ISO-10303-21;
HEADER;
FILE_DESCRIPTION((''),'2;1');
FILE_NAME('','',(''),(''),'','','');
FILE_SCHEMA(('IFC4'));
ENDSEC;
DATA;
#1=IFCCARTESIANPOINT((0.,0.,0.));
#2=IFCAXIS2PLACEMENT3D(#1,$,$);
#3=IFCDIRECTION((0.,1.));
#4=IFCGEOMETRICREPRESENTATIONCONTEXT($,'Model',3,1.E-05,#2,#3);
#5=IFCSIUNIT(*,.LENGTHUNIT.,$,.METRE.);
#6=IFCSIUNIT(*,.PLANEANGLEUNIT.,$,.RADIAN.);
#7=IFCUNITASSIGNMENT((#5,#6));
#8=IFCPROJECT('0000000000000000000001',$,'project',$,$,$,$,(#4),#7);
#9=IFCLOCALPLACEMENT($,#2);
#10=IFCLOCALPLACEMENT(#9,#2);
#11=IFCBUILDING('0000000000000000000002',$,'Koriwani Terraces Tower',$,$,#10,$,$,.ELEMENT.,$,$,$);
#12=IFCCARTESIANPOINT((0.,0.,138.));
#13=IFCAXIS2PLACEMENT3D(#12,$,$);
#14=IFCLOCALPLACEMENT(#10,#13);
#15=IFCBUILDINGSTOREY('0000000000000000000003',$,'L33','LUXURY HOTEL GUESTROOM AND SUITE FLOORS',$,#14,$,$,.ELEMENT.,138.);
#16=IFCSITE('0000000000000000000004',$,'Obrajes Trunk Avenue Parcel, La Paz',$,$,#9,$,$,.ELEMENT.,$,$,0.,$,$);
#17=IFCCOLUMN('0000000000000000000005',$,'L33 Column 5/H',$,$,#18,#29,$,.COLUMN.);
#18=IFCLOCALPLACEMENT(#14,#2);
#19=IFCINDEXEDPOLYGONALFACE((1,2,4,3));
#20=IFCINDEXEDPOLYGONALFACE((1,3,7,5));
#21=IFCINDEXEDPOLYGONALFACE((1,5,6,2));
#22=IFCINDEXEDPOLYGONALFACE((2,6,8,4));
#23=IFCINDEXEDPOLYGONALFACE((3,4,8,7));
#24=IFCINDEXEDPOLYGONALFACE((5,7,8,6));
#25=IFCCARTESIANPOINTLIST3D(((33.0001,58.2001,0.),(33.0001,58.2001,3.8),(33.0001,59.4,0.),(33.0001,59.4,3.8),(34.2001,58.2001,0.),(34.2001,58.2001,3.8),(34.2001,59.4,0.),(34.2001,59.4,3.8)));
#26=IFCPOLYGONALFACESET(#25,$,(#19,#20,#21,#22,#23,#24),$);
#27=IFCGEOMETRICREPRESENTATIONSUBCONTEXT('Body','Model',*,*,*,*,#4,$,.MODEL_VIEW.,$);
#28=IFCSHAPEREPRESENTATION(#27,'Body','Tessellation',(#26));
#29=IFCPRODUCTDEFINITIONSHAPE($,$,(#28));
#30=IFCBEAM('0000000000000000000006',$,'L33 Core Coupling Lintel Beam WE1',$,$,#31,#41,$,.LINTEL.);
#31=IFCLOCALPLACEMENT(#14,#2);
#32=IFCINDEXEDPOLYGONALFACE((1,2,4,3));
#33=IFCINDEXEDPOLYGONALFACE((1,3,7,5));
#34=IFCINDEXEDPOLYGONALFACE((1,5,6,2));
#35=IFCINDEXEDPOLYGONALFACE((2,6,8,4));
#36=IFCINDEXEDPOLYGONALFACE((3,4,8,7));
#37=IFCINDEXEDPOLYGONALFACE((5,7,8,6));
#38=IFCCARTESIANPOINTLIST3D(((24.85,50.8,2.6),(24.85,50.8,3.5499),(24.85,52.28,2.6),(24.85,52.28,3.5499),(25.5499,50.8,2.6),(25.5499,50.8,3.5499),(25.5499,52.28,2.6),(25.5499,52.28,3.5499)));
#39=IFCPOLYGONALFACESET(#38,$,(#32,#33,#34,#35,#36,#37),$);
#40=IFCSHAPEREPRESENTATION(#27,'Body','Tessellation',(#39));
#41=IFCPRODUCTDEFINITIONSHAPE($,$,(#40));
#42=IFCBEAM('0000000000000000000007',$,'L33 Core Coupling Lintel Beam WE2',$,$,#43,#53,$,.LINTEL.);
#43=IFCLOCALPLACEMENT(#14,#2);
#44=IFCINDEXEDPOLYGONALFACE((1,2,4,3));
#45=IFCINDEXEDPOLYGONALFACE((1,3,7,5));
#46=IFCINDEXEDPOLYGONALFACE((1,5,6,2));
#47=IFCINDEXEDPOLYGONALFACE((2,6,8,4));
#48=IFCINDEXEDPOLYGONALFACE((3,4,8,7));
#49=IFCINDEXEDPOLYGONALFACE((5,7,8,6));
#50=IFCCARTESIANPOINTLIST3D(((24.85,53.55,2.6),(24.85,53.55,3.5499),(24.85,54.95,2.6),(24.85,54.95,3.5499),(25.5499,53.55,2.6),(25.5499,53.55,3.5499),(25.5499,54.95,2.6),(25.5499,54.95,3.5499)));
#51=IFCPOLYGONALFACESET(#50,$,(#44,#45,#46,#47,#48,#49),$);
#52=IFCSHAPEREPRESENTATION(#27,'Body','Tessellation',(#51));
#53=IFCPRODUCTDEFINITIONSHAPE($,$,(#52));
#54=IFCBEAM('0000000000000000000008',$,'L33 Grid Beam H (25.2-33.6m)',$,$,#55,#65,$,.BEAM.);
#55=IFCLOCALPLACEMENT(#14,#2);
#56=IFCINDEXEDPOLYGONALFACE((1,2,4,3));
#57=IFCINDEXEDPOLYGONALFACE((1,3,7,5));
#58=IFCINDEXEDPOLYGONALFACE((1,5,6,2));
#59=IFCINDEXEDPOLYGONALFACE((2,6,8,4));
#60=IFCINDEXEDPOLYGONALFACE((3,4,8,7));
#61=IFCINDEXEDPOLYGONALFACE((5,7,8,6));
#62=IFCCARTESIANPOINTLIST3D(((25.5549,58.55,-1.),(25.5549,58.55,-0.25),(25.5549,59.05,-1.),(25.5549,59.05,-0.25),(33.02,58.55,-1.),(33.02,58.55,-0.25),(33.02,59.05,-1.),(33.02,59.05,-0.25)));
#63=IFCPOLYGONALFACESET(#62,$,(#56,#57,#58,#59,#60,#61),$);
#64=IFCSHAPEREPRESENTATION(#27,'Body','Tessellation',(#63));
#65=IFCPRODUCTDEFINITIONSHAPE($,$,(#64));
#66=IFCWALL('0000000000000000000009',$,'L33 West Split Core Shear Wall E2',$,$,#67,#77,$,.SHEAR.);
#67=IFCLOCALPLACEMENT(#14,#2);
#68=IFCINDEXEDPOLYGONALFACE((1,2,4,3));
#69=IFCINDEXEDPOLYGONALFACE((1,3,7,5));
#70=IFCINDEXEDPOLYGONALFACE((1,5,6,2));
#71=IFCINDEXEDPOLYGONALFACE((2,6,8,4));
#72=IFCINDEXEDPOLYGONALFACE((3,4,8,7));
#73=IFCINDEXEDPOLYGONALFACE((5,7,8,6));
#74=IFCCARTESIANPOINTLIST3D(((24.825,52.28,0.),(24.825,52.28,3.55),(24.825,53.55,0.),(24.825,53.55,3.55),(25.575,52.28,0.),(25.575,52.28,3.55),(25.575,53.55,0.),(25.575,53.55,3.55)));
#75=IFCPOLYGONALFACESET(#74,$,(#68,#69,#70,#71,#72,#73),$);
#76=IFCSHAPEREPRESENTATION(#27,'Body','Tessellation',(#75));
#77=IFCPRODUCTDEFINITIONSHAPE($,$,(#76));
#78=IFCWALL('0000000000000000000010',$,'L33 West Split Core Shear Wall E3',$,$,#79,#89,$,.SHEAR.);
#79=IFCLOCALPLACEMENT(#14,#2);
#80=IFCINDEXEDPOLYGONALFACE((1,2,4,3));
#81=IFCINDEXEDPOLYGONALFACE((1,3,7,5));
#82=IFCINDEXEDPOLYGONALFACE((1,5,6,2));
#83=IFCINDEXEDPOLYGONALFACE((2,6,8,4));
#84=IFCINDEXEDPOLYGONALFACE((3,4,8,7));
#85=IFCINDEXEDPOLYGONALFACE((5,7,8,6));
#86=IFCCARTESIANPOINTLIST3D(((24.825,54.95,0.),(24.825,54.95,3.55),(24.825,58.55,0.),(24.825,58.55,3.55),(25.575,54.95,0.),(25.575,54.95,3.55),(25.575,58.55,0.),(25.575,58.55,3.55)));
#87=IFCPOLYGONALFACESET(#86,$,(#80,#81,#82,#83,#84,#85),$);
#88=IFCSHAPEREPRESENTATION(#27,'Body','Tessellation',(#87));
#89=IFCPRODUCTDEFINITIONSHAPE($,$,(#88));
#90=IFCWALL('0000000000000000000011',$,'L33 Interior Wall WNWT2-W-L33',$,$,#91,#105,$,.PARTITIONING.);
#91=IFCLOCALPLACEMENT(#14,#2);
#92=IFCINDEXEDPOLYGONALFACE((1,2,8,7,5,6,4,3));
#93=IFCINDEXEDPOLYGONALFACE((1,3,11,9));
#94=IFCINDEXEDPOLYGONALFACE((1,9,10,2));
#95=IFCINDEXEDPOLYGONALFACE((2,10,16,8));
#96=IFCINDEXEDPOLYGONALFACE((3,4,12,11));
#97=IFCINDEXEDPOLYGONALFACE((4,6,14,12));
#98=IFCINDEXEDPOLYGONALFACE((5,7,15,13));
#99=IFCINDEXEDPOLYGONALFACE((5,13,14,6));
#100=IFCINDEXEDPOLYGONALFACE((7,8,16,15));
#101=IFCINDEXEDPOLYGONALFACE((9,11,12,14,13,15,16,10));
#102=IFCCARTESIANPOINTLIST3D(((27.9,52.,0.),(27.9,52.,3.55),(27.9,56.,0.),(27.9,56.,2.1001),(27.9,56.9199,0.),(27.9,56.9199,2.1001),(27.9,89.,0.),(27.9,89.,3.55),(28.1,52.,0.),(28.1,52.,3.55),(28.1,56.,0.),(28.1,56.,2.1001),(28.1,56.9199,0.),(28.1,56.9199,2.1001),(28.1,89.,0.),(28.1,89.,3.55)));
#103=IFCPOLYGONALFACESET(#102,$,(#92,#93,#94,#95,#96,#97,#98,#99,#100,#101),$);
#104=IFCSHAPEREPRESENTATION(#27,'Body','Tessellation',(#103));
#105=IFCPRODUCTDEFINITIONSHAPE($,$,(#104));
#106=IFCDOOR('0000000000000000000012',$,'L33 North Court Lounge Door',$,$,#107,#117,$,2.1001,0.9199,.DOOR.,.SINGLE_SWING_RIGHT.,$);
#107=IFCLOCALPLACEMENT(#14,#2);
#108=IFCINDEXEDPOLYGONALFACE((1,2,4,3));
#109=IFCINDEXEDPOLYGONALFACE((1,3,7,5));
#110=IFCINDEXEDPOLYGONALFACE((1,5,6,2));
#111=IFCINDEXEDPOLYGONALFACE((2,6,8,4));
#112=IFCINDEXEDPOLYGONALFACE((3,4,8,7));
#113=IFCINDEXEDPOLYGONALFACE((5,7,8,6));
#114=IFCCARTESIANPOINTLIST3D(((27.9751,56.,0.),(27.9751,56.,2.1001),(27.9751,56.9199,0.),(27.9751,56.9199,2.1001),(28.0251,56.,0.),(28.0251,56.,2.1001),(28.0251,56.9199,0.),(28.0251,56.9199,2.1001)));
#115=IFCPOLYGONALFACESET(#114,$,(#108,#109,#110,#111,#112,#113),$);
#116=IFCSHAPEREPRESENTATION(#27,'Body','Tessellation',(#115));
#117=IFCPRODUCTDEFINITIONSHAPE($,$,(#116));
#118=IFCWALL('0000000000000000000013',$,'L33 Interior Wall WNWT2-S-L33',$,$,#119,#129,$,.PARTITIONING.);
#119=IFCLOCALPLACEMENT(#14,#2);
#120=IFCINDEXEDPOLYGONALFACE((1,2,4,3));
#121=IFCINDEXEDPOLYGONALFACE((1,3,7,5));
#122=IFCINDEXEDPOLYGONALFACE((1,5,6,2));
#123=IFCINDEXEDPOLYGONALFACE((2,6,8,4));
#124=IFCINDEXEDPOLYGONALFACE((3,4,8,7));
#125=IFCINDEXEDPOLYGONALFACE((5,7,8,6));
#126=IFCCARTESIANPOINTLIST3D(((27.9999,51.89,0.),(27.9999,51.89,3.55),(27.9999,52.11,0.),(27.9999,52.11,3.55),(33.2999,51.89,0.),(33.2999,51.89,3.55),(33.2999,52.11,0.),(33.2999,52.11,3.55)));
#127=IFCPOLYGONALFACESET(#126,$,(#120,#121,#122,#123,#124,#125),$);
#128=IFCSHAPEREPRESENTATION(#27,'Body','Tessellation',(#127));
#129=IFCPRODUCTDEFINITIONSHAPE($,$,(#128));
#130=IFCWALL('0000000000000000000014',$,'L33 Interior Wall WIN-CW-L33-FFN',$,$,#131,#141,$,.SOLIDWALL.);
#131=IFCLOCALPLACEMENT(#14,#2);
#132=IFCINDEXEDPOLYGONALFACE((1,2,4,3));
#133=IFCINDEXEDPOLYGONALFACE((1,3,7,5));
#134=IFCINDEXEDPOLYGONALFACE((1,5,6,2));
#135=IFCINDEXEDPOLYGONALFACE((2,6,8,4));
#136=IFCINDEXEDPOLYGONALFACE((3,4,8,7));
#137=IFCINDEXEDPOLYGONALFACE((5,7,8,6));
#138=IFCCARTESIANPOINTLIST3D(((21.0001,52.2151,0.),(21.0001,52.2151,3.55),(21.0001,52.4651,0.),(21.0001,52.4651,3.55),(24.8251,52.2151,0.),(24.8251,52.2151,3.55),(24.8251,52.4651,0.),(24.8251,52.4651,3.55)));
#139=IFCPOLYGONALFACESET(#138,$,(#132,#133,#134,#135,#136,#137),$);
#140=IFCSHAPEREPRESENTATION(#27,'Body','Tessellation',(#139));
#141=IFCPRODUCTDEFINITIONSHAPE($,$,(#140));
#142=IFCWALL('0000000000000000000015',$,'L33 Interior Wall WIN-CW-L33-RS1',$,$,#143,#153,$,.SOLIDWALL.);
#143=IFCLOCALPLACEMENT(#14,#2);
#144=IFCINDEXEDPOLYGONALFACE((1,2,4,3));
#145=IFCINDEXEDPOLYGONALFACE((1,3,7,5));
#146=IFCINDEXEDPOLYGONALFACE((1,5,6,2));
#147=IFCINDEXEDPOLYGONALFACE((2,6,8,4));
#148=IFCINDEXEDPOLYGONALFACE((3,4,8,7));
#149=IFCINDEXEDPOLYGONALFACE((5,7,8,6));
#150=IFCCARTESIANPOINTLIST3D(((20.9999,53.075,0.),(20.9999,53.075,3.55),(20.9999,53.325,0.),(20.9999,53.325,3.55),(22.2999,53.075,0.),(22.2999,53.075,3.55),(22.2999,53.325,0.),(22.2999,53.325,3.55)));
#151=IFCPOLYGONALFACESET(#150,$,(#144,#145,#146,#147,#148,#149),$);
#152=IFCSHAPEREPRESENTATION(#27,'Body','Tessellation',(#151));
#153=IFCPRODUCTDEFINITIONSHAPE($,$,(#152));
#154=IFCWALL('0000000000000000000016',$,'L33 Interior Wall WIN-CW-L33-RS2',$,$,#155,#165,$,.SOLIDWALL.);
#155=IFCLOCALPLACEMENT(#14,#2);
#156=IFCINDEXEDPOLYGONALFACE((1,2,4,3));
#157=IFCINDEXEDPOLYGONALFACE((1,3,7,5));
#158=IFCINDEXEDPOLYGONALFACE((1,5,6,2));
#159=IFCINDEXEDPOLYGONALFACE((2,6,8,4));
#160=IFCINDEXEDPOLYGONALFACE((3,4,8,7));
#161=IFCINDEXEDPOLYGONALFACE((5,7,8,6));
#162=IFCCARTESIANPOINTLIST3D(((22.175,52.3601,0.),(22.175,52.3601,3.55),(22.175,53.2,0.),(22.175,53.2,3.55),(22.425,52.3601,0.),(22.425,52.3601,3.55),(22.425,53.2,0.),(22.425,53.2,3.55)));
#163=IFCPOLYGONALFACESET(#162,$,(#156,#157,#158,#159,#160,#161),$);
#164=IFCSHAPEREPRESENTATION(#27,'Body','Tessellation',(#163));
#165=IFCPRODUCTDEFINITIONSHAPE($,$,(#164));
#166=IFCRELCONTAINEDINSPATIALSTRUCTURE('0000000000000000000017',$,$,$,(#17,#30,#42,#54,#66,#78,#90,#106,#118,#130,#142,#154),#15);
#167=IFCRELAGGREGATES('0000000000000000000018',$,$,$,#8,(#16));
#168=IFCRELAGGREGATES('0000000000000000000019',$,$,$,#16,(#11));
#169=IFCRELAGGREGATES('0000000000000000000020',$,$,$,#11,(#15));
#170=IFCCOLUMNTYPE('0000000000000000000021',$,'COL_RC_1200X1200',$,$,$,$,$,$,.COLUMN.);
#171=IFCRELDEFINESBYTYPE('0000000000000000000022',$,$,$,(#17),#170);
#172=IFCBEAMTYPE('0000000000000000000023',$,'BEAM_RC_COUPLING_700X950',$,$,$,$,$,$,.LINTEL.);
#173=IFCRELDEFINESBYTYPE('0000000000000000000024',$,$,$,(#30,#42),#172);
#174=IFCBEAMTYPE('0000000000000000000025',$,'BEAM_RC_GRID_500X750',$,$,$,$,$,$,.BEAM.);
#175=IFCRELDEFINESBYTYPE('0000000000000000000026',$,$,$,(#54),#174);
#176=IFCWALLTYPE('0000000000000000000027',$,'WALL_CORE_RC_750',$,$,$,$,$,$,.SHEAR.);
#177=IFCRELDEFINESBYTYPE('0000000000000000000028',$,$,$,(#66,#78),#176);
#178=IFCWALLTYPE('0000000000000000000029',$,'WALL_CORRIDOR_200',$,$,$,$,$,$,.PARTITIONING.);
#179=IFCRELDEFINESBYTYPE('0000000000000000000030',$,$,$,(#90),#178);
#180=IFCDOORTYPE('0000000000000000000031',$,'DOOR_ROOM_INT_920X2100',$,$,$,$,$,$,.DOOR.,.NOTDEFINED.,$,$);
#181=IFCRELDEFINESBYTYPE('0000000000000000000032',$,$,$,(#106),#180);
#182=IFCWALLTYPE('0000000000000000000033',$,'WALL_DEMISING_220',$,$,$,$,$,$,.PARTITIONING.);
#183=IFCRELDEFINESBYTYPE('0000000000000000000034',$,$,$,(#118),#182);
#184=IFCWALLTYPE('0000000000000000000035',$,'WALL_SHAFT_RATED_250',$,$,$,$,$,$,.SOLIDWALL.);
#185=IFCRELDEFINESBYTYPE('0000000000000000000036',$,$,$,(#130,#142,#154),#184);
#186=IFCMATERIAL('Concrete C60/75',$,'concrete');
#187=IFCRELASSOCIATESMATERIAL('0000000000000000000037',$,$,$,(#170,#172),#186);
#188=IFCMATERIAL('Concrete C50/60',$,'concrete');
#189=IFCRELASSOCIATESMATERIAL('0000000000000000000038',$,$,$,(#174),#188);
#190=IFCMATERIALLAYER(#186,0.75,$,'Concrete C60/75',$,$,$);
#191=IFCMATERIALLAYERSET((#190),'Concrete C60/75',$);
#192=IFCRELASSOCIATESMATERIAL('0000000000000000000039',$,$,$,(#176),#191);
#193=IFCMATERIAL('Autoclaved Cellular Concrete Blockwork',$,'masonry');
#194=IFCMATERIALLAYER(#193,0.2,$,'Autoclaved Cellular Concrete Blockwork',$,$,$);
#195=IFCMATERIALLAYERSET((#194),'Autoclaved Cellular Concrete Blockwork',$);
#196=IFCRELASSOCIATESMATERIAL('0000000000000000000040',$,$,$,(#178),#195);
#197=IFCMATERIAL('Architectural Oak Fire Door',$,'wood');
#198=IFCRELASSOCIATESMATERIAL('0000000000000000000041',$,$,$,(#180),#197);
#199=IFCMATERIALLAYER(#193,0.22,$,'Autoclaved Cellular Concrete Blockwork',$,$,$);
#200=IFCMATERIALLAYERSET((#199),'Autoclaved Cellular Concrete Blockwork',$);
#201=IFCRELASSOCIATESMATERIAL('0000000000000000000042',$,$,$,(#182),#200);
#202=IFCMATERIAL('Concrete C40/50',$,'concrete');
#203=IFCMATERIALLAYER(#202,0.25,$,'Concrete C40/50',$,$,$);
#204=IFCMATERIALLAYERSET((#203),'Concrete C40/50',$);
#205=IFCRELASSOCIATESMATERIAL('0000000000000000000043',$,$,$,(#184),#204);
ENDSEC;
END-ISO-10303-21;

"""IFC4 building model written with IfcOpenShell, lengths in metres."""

from ifc_helpers import new_model, si_unit, direction, frame, frame_2d, origin, origin_2d, place, context, subcontext, project, spatial, rectangle, extrude, material, layer, layer_set, material_profile, profile_set, type_object, element, fill, save


model = new_model("IFC4")

# Units and contexts
model_context = context("Model", 3, precision=1e-05, world=origin(), true_north=direction((0.0, 1.0)))
body_context = subcontext(model_context, "Body", "Model", "MODEL_VIEW")
ifc_project = project(units=[si_unit("LENGTHUNIT", "METRE"), si_unit("PLANEANGLEUNIT", "RADIAN")], contexts=[model_context])

# Site, building, storey
site_placement = place(None, origin())
site = spatial("IfcSite", under=ifc_project, at=site_placement, Name="Obrajes Trunk Avenue Parcel, La Paz", CompositionType="ELEMENT", RefElevation=0.0)
building_placement = place(site_placement, origin())
building = spatial("IfcBuilding", under=site, at=building_placement, Name="Koriwani Terraces Tower", CompositionType="ELEMENT")
storey_placement = place(building_placement, frame((0.0, 0.0, 138.0)))
storey = spatial("IfcBuildingStorey", under=building, at=storey_placement, Name="L33", Description="LUXURY HOTEL GUESTROOM AND SUITE FLOORS", CompositionType="ELEMENT", Elevation=138.0)

# Column
ifc_material_1 = material(Name="Concrete C60/75", Category="concrete")
ifc_material_profile_1 = material_profile(ifc_material_1, rectangle(XDim=1.2, YDim=1.2, at=origin_2d()), Name="Concrete C60/75", Category="LoadBearing")
ifc_profile_set_1 = profile_set([ifc_material_profile_1], Name="Concrete C60/75")
column_type = type_object("IfcColumnType", Name="COL_RC_1200X1200", PredefinedType="COLUMN", material=ifc_profile_set_1)
column_placement = place(storey_placement, frame((33.6001, 58.8, 0.0), z_axis=(0.0, 0.0, 1.0), x_axis=(1.0, 0.0, 0.0)))
element("IfcColumn", 1, at=column_placement, inside=storey, type_object=column_type, Name="L33 Column 5/H", PredefinedType="COLUMN", context=body_context, shape_type="SweptSolid", body=[
    extrude(rectangle(XDim=1.2, YDim=1.2, at=origin_2d()), origin(), (0.0, 0.0, 1.0), 3.8),
])

# Beams
ifc_material_profile_2 = material_profile(ifc_material_1, rectangle(XDim=0.7, YDim=0.95, at=origin_2d()), Name="Concrete C60/75", Category="LoadBearing")
ifc_profile_set_2 = profile_set([ifc_material_profile_2], Name="Concrete C60/75")
beam_type_1 = type_object("IfcBeamType", Name="BEAM_RC_COUPLING_700X950", PredefinedType="LINTEL", material=ifc_profile_set_2)
beam_1_placement = place(storey_placement, frame((25.2, 50.8, 3.075), z_axis=(0.0, 1.0, 0.0), x_axis=(-1.0, 0.0, 0.0)))
element("IfcBeam", 2, at=beam_1_placement, inside=storey, type_object=beam_type_1, Name="L33 Core Coupling Lintel Beam WE1", PredefinedType="LINTEL", context=body_context, shape_type="SweptSolid", body=[
    extrude(rectangle(XDim=0.7, YDim=0.95, at=origin_2d()), origin(), (0.0, 0.0, 1.0), 1.48),
])
beam_2_placement = place(storey_placement, frame((25.2, 53.55, 3.075), z_axis=(0.0, 1.0, 0.0), x_axis=(-1.0, 0.0, 0.0)))
element("IfcBeam", 3, at=beam_2_placement, inside=storey, type_object=beam_type_1, Name="L33 Core Coupling Lintel Beam WE2", PredefinedType="LINTEL", context=body_context, shape_type="SweptSolid", body=[
    extrude(rectangle(XDim=0.7, YDim=0.95, at=origin_2d()), origin(), (0.0, 0.0, 1.0), 1.3999),
])
ifc_material_2 = material(Name="Concrete C50/60", Category="concrete")
ifc_material_profile_3 = material_profile(ifc_material_2, rectangle(XDim=0.5, YDim=0.75, at=origin_2d()), Name="Concrete C50/60", Category="LoadBearing")
ifc_profile_set_3 = profile_set([ifc_material_profile_3], Name="Concrete C50/60")
beam_type_2 = type_object("IfcBeamType", Name="BEAM_RC_GRID_500X750", PredefinedType="BEAM", material=ifc_profile_set_3)
beam_3_placement = place(storey_placement, frame((25.5549, 58.8, -0.625), z_axis=(1.0, 0.0, 0.0), x_axis=(0.0, 1.0, 0.0)))
element("IfcBeam", 4, at=beam_3_placement, inside=storey, type_object=beam_type_2, Name="L33 Grid Beam H (25.2-33.6m)", PredefinedType="BEAM", context=body_context, shape_type="SweptSolid", body=[
    extrude(rectangle(XDim=0.5, YDim=0.75, at=origin_2d()), origin(), (0.0, 0.0, 1.0), 7.4651),
])

# Walls
ifc_layer_1 = layer(ifc_material_1, 0.75, Name="Concrete C60/75")
ifc_layer_set_1 = layer_set([ifc_layer_1], Name="Concrete C60/75")
wall_type_1 = type_object("IfcWallType", Name="WALL_CORE_RC_750", PredefinedType="SHEAR", material=ifc_layer_set_1)
wall_1_placement = place(storey_placement, frame((25.2, 52.28, 0.0), z_axis=(0.0, 0.0, 1.0), x_axis=(0.0, 1.0, 0.0)))
element("IfcWall", 5, at=wall_1_placement, inside=storey, type_object=wall_type_1, Name="L33 West Split Core Shear Wall E2", PredefinedType="SHEAR", context=body_context, shape_type="SweptSolid", body=[
    extrude(rectangle(XDim=1.27, YDim=0.75, at=frame_2d((0.635, 0.0))), origin(), (0.0, 0.0, 1.0), 3.55),
])
wall_2_placement = place(storey_placement, frame((25.2, 54.95, 0.0), z_axis=(0.0, 0.0, 1.0), x_axis=(0.0, 1.0, 0.0)))
element("IfcWall", 6, at=wall_2_placement, inside=storey, type_object=wall_type_1, Name="L33 West Split Core Shear Wall E3", PredefinedType="SHEAR", context=body_context, shape_type="SweptSolid", body=[
    extrude(rectangle(XDim=3.6001, YDim=0.75, at=frame_2d((1.8, 0.0))), origin(), (0.0, 0.0, 1.0), 3.55),
])

# Wall, opening, door
ifc_material_3 = material(Name="Autoclaved Cellular Concrete Blockwork", Category="masonry")
ifc_layer_2 = layer(ifc_material_3, 0.2, Name="Autoclaved Cellular Concrete Blockwork")
ifc_layer_set_2 = layer_set([ifc_layer_2], Name="Autoclaved Cellular Concrete Blockwork")
wall_type_2 = type_object("IfcWallType", Name="WALL_CORRIDOR_200", PredefinedType="PARTITIONING", material=ifc_layer_set_2)
wall_3_placement = place(storey_placement, frame((28.0, 52.0, 0.0), z_axis=(0.0, 0.0, 1.0), x_axis=(0.0, 1.0, 0.0)))
wall_3 = element("IfcWall", 7, at=wall_3_placement, inside=storey, type_object=wall_type_2, Name="L33 Interior Wall WNWT2-W-L33", PredefinedType="PARTITIONING", context=body_context, shape_type="SweptSolid", body=[
    extrude(rectangle(XDim=37.0, YDim=0.2, at=frame_2d((18.5, 0.0))), origin(), (0.0, 0.0, 1.0), 3.55),
])
opening_1_placement = place(wall_3_placement, frame((4.0, 0.0, 0.0)))
opening_1 = element("IfcOpeningElement", 8, at=opening_1_placement, cuts=wall_3, PredefinedType="OPENING", context=body_context, shape_type="SweptSolid", body=[
    extrude(rectangle(XDim=0.9199, YDim=2.1001, at=frame_2d((0.46, 1.05))), frame((0.0, 0.1099, 0.0), z_axis=(0.0, -1.0, 0.0), x_axis=(1.0, 0.0, 0.0)), (0.0, 0.0, 1.0), 0.22),
])
ifc_material_4 = material(Name="Architectural Oak Fire Door", Category="wood")
door_type_1 = type_object("IfcDoorType", Name="DOOR_ROOM_INT_920X2100", OperationType="NOTDEFINED", PredefinedType="DOOR", material=ifc_material_4)
door_1_placement = place(opening_1_placement, origin())
door_1 = element("IfcDoor", 9, at=door_1_placement, inside=storey, type_object=door_type_1, Name="L33 North Court Lounge Door", OperationType="SINGLE_SWING_RIGHT", OverallHeight=2.1001, OverallWidth=0.9199, PredefinedType="DOOR", context=body_context, shape_type="SweptSolid", body=[
    extrude(rectangle(XDim=0.9199, YDim=2.1001, at=frame_2d((0.46, 1.05))), frame((0.0, 0.0249, 0.0), z_axis=(0.0, -1.0, 0.0), x_axis=(1.0, 0.0, 0.0)), (0.0, 0.0, 1.0), 0.05),
])
fill(opening_1, door_1)

# Wall
ifc_layer_3 = layer(ifc_material_3, 0.22, Name="Autoclaved Cellular Concrete Blockwork")
ifc_layer_set_3 = layer_set([ifc_layer_3], Name="Autoclaved Cellular Concrete Blockwork")
wall_type_3 = type_object("IfcWallType", Name="WALL_DEMISING_220", PredefinedType="PARTITIONING", material=ifc_layer_set_3)
wall_4_placement = place(storey_placement, frame((28.0, 52.0, 0.0), z_axis=(0.0, 0.0, 1.0), x_axis=(1.0, 0.0, 0.0)))
element("IfcWall", 10, at=wall_4_placement, inside=storey, type_object=wall_type_3, Name="L33 Interior Wall WNWT2-S-L33", PredefinedType="PARTITIONING", context=body_context, shape_type="SweptSolid", body=[
    extrude(rectangle(XDim=5.3, YDim=0.22, at=frame_2d((2.6499, 0.0))), origin(), (0.0, 0.0, 1.0), 3.55),
])

# Shared definitions
ifc_material_5 = material(Name="Concrete C40/50", Category="concrete")
ifc_layer_4 = layer(ifc_material_5, 0.25, Name="Concrete C40/50")
ifc_layer_set_4 = layer_set([ifc_layer_4], Name="Concrete C40/50")
wall_type_4 = type_object("IfcWallType", Name="WALL_SHAFT_RATED_250", PredefinedType="SOLIDWALL", material=ifc_layer_set_4)

# Wall
wall_5_placement = place(storey_placement, frame((21.0, 52.3401, 0.0), z_axis=(0.0, 0.0, 1.0), x_axis=(1.0, 0.0, 0.0)))
element("IfcWall", 11, at=wall_5_placement, inside=storey, type_object=wall_type_4, Name="L33 Interior Wall WIN-CW-L33-FFN", PredefinedType="SOLIDWALL", context=body_context, shape_type="SweptSolid", body=[
    extrude(rectangle(XDim=3.825, YDim=0.25, at=frame_2d((1.9126, 0.0))), origin(), (0.0, 0.0, 1.0), 3.55),
])

# Walls
wall_6_placement = place(storey_placement, frame((21.0, 53.2, 0.0), z_axis=(0.0, 0.0, 1.0), x_axis=(1.0, 0.0, 0.0)))
element("IfcWall", 12, at=wall_6_placement, inside=storey, type_object=wall_type_4, Name="L33 Interior Wall WIN-CW-L33-RS1", PredefinedType="SOLIDWALL", context=body_context, shape_type="SweptSolid", body=[
    extrude(rectangle(XDim=1.3, YDim=0.25, at=frame_2d((0.6499, 0.0))), origin(), (0.0, 0.0, 1.0), 3.55),
])
wall_7_placement = place(storey_placement, frame((22.3, 52.3601, 0.0), z_axis=(0.0, 0.0, 1.0), x_axis=(0.0, 1.0, 0.0)))
element("IfcWall", 13, at=wall_7_placement, inside=storey, type_object=wall_type_4, Name="L33 Interior Wall WIN-CW-L33-RS2", PredefinedType="SOLIDWALL", context=body_context, shape_type="SweptSolid", body=[
    extrude(rectangle(XDim=0.8398, YDim=0.25, at=frame_2d((0.4199, 0.0))), origin(), (0.0, 0.0, 1.0), 3.55),
])

save(model, "model.ifc")
